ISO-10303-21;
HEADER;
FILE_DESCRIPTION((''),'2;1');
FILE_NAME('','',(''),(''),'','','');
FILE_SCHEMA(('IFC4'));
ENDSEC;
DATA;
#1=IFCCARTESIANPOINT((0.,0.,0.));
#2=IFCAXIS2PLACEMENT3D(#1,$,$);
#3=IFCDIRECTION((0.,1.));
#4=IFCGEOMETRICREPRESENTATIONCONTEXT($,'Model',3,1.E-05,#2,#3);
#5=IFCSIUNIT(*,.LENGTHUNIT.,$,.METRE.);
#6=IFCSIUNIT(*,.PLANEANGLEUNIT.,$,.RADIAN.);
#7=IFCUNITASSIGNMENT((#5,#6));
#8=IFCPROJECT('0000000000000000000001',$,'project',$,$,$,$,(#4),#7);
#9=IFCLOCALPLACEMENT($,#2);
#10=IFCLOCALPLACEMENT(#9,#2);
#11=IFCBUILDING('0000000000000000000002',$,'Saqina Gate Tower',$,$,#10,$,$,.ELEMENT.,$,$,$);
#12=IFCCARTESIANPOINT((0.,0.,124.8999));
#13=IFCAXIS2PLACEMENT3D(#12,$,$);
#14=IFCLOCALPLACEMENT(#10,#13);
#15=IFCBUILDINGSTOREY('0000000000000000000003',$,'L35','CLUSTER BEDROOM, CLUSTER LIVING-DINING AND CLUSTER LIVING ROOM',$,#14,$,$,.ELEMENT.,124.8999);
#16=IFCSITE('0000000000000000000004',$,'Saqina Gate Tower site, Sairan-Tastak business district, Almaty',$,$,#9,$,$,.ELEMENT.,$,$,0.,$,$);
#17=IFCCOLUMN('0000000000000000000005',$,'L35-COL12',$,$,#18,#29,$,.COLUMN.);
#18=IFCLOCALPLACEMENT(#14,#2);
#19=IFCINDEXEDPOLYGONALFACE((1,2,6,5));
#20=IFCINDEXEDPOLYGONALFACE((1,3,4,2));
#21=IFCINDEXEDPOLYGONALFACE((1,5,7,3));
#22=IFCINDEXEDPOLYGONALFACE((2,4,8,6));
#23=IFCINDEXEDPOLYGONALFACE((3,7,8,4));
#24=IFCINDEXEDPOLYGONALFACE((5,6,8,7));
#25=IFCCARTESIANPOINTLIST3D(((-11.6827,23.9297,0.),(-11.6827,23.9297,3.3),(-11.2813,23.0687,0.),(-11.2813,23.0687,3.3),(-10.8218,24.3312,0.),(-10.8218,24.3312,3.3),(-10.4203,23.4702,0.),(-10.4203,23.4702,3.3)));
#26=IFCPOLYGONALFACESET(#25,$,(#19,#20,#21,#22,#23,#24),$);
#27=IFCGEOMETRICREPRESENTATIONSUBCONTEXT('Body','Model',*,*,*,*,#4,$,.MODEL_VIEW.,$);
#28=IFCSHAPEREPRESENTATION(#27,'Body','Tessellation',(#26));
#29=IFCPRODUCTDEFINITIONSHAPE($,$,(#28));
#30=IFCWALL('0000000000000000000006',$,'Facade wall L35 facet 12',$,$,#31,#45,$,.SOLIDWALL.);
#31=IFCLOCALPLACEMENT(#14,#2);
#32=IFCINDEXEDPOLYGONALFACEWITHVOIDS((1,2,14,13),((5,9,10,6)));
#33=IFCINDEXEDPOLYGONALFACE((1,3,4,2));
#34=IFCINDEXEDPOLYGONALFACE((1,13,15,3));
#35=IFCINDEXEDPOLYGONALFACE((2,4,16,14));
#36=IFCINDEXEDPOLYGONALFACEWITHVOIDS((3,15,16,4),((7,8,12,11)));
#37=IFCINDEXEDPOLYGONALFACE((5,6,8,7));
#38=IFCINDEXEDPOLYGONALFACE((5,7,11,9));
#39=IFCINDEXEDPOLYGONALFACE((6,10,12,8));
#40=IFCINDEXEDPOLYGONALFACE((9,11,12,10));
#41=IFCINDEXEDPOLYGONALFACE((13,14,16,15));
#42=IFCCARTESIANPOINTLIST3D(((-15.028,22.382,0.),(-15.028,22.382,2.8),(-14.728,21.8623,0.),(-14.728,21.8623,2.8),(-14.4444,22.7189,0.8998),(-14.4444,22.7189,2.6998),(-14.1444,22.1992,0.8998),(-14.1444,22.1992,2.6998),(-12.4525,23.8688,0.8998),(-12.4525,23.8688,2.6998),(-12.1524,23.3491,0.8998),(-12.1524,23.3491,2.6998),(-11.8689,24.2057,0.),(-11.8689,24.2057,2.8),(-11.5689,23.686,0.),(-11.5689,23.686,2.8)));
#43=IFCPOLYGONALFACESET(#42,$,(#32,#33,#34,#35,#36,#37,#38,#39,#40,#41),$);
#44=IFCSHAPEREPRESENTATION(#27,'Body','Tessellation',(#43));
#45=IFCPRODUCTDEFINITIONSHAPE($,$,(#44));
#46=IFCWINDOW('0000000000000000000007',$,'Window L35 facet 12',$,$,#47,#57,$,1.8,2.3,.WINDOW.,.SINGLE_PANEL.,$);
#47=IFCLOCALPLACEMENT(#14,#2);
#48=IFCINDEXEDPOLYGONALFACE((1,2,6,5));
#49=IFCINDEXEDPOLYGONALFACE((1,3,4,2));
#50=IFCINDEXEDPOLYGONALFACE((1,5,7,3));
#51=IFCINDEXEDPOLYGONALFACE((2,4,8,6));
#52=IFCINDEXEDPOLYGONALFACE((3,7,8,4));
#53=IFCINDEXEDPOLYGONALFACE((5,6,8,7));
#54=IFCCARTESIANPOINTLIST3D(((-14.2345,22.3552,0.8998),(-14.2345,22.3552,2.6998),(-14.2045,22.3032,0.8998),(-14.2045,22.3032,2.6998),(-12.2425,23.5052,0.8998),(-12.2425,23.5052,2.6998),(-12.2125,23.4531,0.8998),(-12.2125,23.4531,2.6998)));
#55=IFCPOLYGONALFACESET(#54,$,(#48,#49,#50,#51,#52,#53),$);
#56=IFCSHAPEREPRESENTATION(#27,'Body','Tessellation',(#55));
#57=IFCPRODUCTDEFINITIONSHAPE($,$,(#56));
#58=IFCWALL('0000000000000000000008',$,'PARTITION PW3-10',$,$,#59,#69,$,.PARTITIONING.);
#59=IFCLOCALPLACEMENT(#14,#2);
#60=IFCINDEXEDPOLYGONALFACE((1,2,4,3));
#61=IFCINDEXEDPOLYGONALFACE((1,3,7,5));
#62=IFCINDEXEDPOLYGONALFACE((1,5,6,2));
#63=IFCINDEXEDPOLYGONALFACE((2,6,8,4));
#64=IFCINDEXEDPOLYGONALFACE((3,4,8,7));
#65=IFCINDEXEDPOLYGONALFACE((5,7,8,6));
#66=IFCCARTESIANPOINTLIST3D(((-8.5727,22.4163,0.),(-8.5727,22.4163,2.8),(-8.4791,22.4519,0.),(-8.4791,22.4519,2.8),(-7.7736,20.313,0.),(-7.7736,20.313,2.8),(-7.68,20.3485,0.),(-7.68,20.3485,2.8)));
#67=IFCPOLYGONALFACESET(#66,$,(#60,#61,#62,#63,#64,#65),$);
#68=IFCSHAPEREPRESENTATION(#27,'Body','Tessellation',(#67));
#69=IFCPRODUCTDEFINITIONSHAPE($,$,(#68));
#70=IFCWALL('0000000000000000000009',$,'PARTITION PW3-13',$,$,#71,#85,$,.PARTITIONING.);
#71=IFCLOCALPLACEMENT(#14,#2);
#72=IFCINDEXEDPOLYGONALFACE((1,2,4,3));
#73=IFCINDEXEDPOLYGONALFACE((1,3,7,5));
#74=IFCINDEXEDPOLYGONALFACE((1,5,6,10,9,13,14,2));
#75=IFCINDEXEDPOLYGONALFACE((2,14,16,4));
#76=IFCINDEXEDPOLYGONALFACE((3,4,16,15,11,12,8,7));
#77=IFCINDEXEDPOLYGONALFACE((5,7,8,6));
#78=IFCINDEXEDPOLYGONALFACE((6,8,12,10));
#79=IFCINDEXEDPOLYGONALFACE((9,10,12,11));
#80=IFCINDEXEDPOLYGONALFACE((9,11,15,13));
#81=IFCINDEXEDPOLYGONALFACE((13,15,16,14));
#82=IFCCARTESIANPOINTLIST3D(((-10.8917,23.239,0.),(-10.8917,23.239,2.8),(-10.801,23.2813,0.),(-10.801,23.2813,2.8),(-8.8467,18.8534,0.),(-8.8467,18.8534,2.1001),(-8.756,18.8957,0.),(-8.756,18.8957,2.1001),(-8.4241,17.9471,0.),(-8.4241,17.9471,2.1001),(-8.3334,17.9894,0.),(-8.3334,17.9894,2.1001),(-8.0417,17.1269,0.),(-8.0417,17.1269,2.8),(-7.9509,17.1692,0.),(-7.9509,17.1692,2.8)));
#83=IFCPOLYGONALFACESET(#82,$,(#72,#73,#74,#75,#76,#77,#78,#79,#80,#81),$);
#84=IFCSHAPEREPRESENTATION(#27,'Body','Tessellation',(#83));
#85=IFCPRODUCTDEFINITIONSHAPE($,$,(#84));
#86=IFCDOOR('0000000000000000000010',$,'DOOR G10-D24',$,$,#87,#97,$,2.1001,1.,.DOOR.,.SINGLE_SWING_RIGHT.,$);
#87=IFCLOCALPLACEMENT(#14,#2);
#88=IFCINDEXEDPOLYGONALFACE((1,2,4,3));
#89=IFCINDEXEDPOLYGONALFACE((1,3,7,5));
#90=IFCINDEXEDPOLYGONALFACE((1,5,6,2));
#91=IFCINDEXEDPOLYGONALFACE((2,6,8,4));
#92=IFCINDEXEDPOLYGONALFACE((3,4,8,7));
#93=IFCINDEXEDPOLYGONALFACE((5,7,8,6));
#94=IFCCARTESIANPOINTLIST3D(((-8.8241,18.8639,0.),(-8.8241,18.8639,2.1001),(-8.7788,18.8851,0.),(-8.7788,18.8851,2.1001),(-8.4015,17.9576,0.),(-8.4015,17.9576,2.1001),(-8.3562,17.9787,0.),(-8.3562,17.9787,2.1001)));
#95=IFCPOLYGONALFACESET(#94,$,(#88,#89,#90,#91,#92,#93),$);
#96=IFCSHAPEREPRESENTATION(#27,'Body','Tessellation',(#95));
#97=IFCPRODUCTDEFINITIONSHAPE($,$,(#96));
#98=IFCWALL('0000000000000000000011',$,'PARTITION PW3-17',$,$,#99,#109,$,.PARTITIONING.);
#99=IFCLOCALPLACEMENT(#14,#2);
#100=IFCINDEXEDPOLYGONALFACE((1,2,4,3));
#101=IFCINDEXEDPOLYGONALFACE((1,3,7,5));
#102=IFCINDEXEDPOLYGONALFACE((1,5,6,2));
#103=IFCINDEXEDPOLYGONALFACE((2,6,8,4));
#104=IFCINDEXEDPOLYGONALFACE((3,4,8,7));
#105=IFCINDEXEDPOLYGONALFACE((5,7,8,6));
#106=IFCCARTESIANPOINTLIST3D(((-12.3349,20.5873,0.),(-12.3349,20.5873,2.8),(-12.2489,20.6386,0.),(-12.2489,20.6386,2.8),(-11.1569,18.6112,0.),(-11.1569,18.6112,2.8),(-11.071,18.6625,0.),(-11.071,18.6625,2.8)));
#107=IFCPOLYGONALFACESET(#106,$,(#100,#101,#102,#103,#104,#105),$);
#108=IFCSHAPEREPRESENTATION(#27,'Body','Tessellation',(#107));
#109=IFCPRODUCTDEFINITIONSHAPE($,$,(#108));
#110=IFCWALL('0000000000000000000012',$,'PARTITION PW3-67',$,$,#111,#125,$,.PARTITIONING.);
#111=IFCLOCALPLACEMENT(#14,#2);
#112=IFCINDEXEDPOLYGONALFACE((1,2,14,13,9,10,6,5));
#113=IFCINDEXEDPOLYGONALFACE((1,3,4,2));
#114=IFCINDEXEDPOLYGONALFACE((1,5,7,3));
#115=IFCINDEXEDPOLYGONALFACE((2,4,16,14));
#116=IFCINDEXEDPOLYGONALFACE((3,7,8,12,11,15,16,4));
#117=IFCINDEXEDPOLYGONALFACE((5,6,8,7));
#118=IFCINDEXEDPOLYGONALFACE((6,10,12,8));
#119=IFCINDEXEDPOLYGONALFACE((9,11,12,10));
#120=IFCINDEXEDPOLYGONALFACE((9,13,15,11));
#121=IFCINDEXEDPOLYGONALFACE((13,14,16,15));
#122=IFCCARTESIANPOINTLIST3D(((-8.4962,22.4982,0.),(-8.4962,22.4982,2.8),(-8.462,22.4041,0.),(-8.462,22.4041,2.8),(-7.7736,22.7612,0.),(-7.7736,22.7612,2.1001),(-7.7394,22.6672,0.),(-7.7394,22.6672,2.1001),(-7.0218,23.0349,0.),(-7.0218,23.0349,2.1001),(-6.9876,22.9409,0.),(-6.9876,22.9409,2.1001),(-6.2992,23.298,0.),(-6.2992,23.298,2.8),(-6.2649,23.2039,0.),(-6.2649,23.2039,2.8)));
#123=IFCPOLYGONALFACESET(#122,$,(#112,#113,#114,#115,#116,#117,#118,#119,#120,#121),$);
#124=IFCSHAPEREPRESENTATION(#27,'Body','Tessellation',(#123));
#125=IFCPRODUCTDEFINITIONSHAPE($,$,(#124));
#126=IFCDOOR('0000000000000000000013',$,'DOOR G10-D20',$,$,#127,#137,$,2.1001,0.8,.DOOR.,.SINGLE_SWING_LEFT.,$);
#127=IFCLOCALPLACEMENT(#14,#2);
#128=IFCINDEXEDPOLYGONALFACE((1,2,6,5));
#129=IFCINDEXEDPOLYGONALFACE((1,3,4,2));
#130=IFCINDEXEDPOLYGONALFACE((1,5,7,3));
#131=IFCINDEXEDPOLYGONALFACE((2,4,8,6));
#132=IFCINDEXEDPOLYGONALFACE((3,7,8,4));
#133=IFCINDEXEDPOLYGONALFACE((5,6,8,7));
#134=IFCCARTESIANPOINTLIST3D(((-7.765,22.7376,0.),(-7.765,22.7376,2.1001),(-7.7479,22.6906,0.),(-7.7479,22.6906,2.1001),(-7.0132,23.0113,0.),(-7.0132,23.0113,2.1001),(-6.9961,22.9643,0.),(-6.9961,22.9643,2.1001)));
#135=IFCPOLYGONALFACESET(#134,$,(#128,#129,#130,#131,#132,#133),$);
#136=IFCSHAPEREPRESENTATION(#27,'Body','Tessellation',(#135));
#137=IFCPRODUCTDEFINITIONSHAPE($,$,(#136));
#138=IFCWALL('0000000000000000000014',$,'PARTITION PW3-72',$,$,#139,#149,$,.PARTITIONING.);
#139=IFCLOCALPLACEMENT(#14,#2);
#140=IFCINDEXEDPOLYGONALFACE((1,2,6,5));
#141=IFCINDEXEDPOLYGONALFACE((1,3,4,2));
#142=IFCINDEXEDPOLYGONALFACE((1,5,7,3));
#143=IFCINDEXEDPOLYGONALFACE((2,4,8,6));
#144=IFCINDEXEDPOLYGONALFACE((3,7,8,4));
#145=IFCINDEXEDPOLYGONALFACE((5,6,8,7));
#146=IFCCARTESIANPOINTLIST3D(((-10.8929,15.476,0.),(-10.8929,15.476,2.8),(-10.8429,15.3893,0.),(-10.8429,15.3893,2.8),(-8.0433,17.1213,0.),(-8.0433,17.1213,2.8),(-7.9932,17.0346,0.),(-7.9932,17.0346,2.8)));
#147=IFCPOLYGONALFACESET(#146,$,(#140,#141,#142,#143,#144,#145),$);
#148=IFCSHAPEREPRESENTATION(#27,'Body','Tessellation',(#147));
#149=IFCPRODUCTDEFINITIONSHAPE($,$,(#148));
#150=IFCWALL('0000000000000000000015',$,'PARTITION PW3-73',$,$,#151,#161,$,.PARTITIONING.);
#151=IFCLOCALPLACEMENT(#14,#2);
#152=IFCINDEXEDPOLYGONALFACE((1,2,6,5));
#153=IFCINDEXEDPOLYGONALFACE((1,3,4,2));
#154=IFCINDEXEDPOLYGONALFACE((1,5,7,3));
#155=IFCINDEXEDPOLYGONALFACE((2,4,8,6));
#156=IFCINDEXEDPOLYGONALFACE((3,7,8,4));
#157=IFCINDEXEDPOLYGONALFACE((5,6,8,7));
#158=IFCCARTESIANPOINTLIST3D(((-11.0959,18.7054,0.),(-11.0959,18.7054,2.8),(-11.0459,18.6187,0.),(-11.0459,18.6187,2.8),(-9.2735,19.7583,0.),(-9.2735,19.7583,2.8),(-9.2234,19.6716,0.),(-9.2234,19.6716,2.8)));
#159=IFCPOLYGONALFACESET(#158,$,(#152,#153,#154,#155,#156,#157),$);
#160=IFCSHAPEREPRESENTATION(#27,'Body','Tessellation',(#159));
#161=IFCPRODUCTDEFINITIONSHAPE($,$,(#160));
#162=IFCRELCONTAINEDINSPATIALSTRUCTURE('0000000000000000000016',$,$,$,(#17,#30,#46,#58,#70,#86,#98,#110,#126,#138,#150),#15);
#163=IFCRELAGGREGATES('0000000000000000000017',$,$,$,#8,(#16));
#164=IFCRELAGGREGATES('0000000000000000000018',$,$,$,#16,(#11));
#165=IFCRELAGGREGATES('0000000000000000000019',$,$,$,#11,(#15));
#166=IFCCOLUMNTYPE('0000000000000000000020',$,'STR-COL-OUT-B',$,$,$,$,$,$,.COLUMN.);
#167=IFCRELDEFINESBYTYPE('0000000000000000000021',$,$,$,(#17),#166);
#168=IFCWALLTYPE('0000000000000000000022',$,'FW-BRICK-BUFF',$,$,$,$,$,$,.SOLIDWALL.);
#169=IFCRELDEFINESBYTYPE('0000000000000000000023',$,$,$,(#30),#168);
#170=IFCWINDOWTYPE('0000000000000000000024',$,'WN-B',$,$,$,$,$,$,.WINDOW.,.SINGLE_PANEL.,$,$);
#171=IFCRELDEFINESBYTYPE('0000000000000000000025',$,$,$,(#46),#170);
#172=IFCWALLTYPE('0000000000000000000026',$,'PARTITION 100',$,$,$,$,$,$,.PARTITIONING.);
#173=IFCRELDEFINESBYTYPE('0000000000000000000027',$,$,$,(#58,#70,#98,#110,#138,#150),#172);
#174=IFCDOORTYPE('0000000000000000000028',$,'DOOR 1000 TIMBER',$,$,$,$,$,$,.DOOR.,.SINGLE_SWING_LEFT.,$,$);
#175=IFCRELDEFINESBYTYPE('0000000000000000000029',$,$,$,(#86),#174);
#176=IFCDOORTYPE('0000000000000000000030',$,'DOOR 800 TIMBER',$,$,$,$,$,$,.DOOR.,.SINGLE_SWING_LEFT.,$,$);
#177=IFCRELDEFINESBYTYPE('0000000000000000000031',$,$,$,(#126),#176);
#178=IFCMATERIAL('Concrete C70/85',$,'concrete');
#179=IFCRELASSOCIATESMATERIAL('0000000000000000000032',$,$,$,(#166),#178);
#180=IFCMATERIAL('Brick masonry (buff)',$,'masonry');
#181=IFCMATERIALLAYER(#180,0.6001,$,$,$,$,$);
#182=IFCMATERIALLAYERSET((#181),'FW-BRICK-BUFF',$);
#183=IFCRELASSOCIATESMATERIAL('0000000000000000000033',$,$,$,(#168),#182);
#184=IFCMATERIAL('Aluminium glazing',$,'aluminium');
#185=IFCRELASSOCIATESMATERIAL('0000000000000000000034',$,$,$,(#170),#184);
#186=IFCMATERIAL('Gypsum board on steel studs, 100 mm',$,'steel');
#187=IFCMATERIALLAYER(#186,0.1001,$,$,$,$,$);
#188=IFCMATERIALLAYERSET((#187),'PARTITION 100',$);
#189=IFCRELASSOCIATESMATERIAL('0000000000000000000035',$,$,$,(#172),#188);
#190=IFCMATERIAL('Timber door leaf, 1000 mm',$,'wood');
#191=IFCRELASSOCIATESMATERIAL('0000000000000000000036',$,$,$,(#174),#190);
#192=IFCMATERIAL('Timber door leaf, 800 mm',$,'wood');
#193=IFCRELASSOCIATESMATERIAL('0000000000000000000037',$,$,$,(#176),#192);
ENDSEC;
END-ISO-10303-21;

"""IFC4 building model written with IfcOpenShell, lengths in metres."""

from ifc_helpers import new_model, si_unit, direction, frame, frame_2d, origin, origin_2d, place, context, subcontext, project, spatial, rectangle, extrude, material, layer, layer_set, material_profile, profile_set, type_object, element, fill, save


model = new_model("IFC4")

# Units and contexts
model_context = context("Model", 3, precision=1e-05, world=origin(), true_north=direction((0.0, 1.0)))
body_context = subcontext(model_context, "Body", "Model", "MODEL_VIEW")
ifc_project = project(units=[si_unit("LENGTHUNIT", "METRE"), si_unit("PLANEANGLEUNIT", "RADIAN")], contexts=[model_context])

# Site, building, storey
site_placement = place(None, origin())
site = spatial("IfcSite", under=ifc_project, at=site_placement, Name="Saqina Gate Tower site, Sairan-Tastak business district, Almaty", CompositionType="ELEMENT", RefElevation=0.0)
building_placement = place(site_placement, origin())
building = spatial("IfcBuilding", under=site, at=building_placement, Name="Saqina Gate Tower", CompositionType="ELEMENT")
storey_placement = place(building_placement, frame((0.0, 0.0, 124.8999)))
storey = spatial("IfcBuildingStorey", under=building, at=storey_placement, Name="L35", Description="CLUSTER BEDROOM, CLUSTER LIVING-DINING AND CLUSTER LIVING ROOM", CompositionType="ELEMENT", Elevation=124.8999)

# Column
ifc_material_1 = material(Name="Concrete C70/85", Category="concrete")
ifc_material_profile = material_profile(ifc_material_1, rectangle(XDim=0.95, YDim=0.95, at=origin_2d()), Name="RC 950x950")
ifc_profile_set = profile_set([ifc_material_profile], Name="Concrete C70/85")
column_type = type_object("IfcColumnType", Name="STR-COL-OUT-B", PredefinedType="COLUMN", material=ifc_profile_set)
column_placement = place(storey_placement, frame((-11.0515, 23.7, 0.0), z_axis=(0.0, 0.0, 1.0), x_axis=(-0.422618, 0.906308, 0.0)))
element("IfcColumn", 1, at=column_placement, inside=storey, type_object=column_type, Name="L35-COL12", PredefinedType="COLUMN", context=body_context, shape_type="SweptSolid", body=[
    extrude(rectangle(XDim=0.95, YDim=0.95, at=origin_2d()), origin(), (0.0, 0.0, 1.0), 3.3),
])

# Wall, opening, window
ifc_material_2 = material(Name="Brick masonry (buff)", Category="masonry")
ifc_layer_1 = layer(ifc_material_2, 0.6001)
ifc_layer_set_1 = layer_set([ifc_layer_1], Name="FW-BRICK-BUFF")
wall_type_1 = type_object("IfcWallType", Name="FW-BRICK-BUFF", PredefinedType="SOLIDWALL", material=ifc_layer_set_1)
wall_1_placement = place(storey_placement, frame((-11.719, 23.9458, 0.0), z_axis=(0.0, 0.0, 1.0), x_axis=(-0.866052, -0.499954, 0.0)))
wall_1 = element("IfcWall", 2, at=wall_1_placement, inside=storey, type_object=wall_type_1, Name="Facade wall L35 facet 12", PredefinedType="SOLIDWALL", context=body_context, shape_type="SweptSolid", body=[
    extrude(rectangle(XDim=3.6477, YDim=0.6001, at=frame_2d((1.8237, 0.0))), origin(), (0.0, 0.0, 1.0), 2.8),
])
opening_1_placement = place(wall_1_placement, frame((0.6738, 0.0, 0.8999)))
opening_1 = element("IfcOpeningElement", 3, at=opening_1_placement, cuts=wall_1, PredefinedType="OPENING", context=body_context, shape_type="SweptSolid", body=[
    extrude(rectangle(XDim=2.3, YDim=1.8, at=frame_2d((1.1499, 0.8999))), frame((0.0, 0.312, 0.0), z_axis=(0.0, -1.0, 0.0), x_axis=(1.0, 0.0, 0.0)), (0.0, 0.0, 1.0), 0.624),
])
ifc_material_3 = material(Name="Aluminium glazing", Category="aluminium")
window_type = type_object("IfcWindowType", Name="WN-B", PartitioningType="SINGLE_PANEL", PredefinedType="WINDOW", material=ifc_material_3)
window_placement = place(opening_1_placement, origin())
window = element("IfcWindow", 4, at=window_placement, inside=storey, type_object=window_type, Name="Window L35 facet 12", OverallHeight=1.8, OverallWidth=2.3, PartitioningType="SINGLE_PANEL", PredefinedType="WINDOW", context=body_context, shape_type="SweptSolid", body=[
    extrude(rectangle(XDim=2.3, YDim=1.8, at=frame_2d((1.1499, 0.8999))), frame((0.0, 0.1799, 0.0), z_axis=(0.0, -1.0, 0.0), x_axis=(1.0, 0.0, 0.0)), (0.0, 0.0, 1.0), 0.0601),
])
fill(opening_1, window)

# Wall
ifc_material_4 = material(Name="Gypsum board on steel studs, 100 mm", Category="steel")
ifc_layer_2 = layer(ifc_material_4, 0.1001)
ifc_layer_set_2 = layer_set([ifc_layer_2], Name="PARTITION 100")
wall_type_2 = type_object("IfcWallType", Name="PARTITION 100", PredefinedType="PARTITIONING", material=ifc_layer_set_2)
wall_2_placement = place(storey_placement, frame((-8.5259, 22.4341, 0.0), z_axis=(0.0, 0.0, 1.0), x_axis=(0.355151, -0.934809, 0.0)))
element("IfcWall", 5, at=wall_2_placement, inside=storey, type_object=wall_type_2, Name="PARTITION PW3-10", PredefinedType="PARTITIONING", context=body_context, shape_type="SweptSolid", body=[
    extrude(rectangle(XDim=2.25, YDim=0.1001, at=frame_2d((1.125, 0.0))), origin(), (0.0, 0.0, 1.0), 2.8),
])

# Wall, opening, door
wall_3_placement = place(storey_placement, frame((-10.8464, 23.2603, 0.0), z_axis=(0.0, 0.0, 1.0), x_axis=(0.422618, -0.906308, 0.0)))
wall_3 = element("IfcWall", 6, at=wall_3_placement, inside=storey, type_object=wall_type_2, Name="PARTITION PW3-13", PredefinedType="PARTITIONING", context=body_context, shape_type="SweptSolid", body=[
    extrude(rectangle(XDim=6.7439, YDim=0.1001, at=frame_2d((3.3721, 0.0))), origin(), (0.0, 0.0, 1.0), 2.8),
])
opening_2_placement = place(wall_3_placement, frame((4.8391, 0.0, 0.0)))
opening_2 = element("IfcOpeningElement", 7, at=opening_2_placement, cuts=wall_3, PredefinedType="OPENING", context=body_context, shape_type="SweptSolid", body=[
    extrude(rectangle(XDim=1.0, YDim=2.1001, at=frame_2d((0.5, 1.05))), frame((0.0, 0.062, 0.0), z_axis=(0.0, -1.0, 0.0), x_axis=(1.0, 0.0, 0.0)), (0.0, 0.0, 1.0), 0.124),
])
ifc_material_5 = material(Name="Timber door leaf, 1000 mm", Category="wood")
door_type_1 = type_object("IfcDoorType", Name="DOOR 1000 TIMBER", OperationType="SINGLE_SWING_LEFT", PredefinedType="DOOR", material=ifc_material_5)
door_1_placement = place(opening_2_placement, origin())
door_1 = element("IfcDoor", 8, at=door_1_placement, inside=storey, type_object=door_type_1, Name="DOOR G10-D24", OperationType="SINGLE_SWING_RIGHT", OverallHeight=2.1001, OverallWidth=1.0, PredefinedType="DOOR", context=body_context, shape_type="SweptSolid", body=[
    extrude(rectangle(XDim=1.0, YDim=2.1001, at=frame_2d((0.5, 1.05))), frame((0.0, 0.0249, 0.0), z_axis=(0.0, -1.0, 0.0), x_axis=(1.0, 0.0, 0.0)), (0.0, 0.0, 1.0), 0.05),
])
fill(opening_2, door_1)

# Wall
wall_4_placement = place(storey_placement, frame((-12.292, 20.613, 0.0), z_axis=(0.0, 0.0, 1.0), x_axis=(0.512043, -0.85896, 0.0)))
element("IfcWall", 9, at=wall_4_placement, inside=storey, type_object=wall_type_2, Name="PARTITION PW3-17", PredefinedType="PARTITIONING", context=body_context, shape_type="SweptSolid", body=[
    extrude(rectangle(XDim=2.3005, YDim=0.1001, at=frame_2d((1.1504, 0.0))), origin(), (0.0, 0.0, 1.0), 2.8),
])

# Wall, opening, door
wall_5_placement = place(storey_placement, frame((-8.479, 22.4512, 0.0), z_axis=(0.0, 0.0, 1.0), x_axis=(0.939671, 0.342078, 0.0)))
wall_5 = element("IfcWall", 10, at=wall_5_placement, inside=storey, type_object=wall_type_2, Name="PARTITION PW3-67", PredefinedType="PARTITIONING", context=body_context, shape_type="SweptSolid", body=[
    extrude(rectangle(XDim=2.3381, YDim=0.1001, at=frame_2d((1.1689, 0.0))), origin(), (0.0, 0.0, 1.0), 2.8),
])
opening_3_placement = place(wall_5_placement, frame((0.769, 0.0, 0.0)))
opening_3 = element("IfcOpeningElement", 11, at=opening_3_placement, cuts=wall_5, PredefinedType="OPENING", context=body_context, shape_type="SweptSolid", body=[
    extrude(rectangle(XDim=0.8, YDim=2.1001, at=frame_2d((0.3999, 1.05))), frame((0.0, 0.062, 0.0), z_axis=(0.0, -1.0, 0.0), x_axis=(1.0, 0.0, 0.0)), (0.0, 0.0, 1.0), 0.124),
])
ifc_material_6 = material(Name="Timber door leaf, 800 mm", Category="wood")
door_type_2 = type_object("IfcDoorType", Name="DOOR 800 TIMBER", OperationType="SINGLE_SWING_LEFT", PredefinedType="DOOR", material=ifc_material_6)
door_2_placement = place(opening_3_placement, origin())
door_2 = element("IfcDoor", 12, at=door_2_placement, inside=storey, type_object=door_type_2, Name="DOOR G10-D20", OperationType="SINGLE_SWING_LEFT", OverallHeight=2.1001, OverallWidth=0.8, PredefinedType="DOOR", context=body_context, shape_type="SweptSolid", body=[
    extrude(rectangle(XDim=0.8, YDim=2.1001, at=frame_2d((0.3999, 1.05))), frame((0.0, 0.0249, 0.0), z_axis=(0.0, -1.0, 0.0), x_axis=(1.0, 0.0, 0.0)), (0.0, 0.0, 1.0), 0.05),
])
fill(opening_3, door_2)

# Walls
wall_6_placement = place(storey_placement, frame((-10.8679, 15.4326, 0.0), z_axis=(0.0, 0.0, 1.0), x_axis=(0.86602, 0.500009, 0.0)))
element("IfcWall", 13, at=wall_6_placement, inside=storey, type_object=wall_type_2, Name="PARTITION PW3-72", PredefinedType="PARTITIONING", context=body_context, shape_type="SweptSolid", body=[
    extrude(rectangle(XDim=3.2905, YDim=0.1001, at=frame_2d((1.6453, 0.0))), origin(), (0.0, 0.0, 1.0), 2.8),
])
wall_7_placement = place(storey_placement, frame((-11.0708, 18.6621, 0.0), z_axis=(0.0, 0.0, 1.0), x_axis=(0.865871, 0.500268, 0.0)))
element("IfcWall", 14, at=wall_7_placement, inside=storey, type_object=wall_type_2, Name="PARTITION PW3-73", PredefinedType="PARTITIONING", context=body_context, shape_type="SweptSolid", body=[
    extrude(rectangle(XDim=2.1047, YDim=0.1001, at=frame_2d((1.0522, 0.0))), origin(), (0.0, 0.0, 1.0), 2.8),
])

save(model, "model.ifc")
